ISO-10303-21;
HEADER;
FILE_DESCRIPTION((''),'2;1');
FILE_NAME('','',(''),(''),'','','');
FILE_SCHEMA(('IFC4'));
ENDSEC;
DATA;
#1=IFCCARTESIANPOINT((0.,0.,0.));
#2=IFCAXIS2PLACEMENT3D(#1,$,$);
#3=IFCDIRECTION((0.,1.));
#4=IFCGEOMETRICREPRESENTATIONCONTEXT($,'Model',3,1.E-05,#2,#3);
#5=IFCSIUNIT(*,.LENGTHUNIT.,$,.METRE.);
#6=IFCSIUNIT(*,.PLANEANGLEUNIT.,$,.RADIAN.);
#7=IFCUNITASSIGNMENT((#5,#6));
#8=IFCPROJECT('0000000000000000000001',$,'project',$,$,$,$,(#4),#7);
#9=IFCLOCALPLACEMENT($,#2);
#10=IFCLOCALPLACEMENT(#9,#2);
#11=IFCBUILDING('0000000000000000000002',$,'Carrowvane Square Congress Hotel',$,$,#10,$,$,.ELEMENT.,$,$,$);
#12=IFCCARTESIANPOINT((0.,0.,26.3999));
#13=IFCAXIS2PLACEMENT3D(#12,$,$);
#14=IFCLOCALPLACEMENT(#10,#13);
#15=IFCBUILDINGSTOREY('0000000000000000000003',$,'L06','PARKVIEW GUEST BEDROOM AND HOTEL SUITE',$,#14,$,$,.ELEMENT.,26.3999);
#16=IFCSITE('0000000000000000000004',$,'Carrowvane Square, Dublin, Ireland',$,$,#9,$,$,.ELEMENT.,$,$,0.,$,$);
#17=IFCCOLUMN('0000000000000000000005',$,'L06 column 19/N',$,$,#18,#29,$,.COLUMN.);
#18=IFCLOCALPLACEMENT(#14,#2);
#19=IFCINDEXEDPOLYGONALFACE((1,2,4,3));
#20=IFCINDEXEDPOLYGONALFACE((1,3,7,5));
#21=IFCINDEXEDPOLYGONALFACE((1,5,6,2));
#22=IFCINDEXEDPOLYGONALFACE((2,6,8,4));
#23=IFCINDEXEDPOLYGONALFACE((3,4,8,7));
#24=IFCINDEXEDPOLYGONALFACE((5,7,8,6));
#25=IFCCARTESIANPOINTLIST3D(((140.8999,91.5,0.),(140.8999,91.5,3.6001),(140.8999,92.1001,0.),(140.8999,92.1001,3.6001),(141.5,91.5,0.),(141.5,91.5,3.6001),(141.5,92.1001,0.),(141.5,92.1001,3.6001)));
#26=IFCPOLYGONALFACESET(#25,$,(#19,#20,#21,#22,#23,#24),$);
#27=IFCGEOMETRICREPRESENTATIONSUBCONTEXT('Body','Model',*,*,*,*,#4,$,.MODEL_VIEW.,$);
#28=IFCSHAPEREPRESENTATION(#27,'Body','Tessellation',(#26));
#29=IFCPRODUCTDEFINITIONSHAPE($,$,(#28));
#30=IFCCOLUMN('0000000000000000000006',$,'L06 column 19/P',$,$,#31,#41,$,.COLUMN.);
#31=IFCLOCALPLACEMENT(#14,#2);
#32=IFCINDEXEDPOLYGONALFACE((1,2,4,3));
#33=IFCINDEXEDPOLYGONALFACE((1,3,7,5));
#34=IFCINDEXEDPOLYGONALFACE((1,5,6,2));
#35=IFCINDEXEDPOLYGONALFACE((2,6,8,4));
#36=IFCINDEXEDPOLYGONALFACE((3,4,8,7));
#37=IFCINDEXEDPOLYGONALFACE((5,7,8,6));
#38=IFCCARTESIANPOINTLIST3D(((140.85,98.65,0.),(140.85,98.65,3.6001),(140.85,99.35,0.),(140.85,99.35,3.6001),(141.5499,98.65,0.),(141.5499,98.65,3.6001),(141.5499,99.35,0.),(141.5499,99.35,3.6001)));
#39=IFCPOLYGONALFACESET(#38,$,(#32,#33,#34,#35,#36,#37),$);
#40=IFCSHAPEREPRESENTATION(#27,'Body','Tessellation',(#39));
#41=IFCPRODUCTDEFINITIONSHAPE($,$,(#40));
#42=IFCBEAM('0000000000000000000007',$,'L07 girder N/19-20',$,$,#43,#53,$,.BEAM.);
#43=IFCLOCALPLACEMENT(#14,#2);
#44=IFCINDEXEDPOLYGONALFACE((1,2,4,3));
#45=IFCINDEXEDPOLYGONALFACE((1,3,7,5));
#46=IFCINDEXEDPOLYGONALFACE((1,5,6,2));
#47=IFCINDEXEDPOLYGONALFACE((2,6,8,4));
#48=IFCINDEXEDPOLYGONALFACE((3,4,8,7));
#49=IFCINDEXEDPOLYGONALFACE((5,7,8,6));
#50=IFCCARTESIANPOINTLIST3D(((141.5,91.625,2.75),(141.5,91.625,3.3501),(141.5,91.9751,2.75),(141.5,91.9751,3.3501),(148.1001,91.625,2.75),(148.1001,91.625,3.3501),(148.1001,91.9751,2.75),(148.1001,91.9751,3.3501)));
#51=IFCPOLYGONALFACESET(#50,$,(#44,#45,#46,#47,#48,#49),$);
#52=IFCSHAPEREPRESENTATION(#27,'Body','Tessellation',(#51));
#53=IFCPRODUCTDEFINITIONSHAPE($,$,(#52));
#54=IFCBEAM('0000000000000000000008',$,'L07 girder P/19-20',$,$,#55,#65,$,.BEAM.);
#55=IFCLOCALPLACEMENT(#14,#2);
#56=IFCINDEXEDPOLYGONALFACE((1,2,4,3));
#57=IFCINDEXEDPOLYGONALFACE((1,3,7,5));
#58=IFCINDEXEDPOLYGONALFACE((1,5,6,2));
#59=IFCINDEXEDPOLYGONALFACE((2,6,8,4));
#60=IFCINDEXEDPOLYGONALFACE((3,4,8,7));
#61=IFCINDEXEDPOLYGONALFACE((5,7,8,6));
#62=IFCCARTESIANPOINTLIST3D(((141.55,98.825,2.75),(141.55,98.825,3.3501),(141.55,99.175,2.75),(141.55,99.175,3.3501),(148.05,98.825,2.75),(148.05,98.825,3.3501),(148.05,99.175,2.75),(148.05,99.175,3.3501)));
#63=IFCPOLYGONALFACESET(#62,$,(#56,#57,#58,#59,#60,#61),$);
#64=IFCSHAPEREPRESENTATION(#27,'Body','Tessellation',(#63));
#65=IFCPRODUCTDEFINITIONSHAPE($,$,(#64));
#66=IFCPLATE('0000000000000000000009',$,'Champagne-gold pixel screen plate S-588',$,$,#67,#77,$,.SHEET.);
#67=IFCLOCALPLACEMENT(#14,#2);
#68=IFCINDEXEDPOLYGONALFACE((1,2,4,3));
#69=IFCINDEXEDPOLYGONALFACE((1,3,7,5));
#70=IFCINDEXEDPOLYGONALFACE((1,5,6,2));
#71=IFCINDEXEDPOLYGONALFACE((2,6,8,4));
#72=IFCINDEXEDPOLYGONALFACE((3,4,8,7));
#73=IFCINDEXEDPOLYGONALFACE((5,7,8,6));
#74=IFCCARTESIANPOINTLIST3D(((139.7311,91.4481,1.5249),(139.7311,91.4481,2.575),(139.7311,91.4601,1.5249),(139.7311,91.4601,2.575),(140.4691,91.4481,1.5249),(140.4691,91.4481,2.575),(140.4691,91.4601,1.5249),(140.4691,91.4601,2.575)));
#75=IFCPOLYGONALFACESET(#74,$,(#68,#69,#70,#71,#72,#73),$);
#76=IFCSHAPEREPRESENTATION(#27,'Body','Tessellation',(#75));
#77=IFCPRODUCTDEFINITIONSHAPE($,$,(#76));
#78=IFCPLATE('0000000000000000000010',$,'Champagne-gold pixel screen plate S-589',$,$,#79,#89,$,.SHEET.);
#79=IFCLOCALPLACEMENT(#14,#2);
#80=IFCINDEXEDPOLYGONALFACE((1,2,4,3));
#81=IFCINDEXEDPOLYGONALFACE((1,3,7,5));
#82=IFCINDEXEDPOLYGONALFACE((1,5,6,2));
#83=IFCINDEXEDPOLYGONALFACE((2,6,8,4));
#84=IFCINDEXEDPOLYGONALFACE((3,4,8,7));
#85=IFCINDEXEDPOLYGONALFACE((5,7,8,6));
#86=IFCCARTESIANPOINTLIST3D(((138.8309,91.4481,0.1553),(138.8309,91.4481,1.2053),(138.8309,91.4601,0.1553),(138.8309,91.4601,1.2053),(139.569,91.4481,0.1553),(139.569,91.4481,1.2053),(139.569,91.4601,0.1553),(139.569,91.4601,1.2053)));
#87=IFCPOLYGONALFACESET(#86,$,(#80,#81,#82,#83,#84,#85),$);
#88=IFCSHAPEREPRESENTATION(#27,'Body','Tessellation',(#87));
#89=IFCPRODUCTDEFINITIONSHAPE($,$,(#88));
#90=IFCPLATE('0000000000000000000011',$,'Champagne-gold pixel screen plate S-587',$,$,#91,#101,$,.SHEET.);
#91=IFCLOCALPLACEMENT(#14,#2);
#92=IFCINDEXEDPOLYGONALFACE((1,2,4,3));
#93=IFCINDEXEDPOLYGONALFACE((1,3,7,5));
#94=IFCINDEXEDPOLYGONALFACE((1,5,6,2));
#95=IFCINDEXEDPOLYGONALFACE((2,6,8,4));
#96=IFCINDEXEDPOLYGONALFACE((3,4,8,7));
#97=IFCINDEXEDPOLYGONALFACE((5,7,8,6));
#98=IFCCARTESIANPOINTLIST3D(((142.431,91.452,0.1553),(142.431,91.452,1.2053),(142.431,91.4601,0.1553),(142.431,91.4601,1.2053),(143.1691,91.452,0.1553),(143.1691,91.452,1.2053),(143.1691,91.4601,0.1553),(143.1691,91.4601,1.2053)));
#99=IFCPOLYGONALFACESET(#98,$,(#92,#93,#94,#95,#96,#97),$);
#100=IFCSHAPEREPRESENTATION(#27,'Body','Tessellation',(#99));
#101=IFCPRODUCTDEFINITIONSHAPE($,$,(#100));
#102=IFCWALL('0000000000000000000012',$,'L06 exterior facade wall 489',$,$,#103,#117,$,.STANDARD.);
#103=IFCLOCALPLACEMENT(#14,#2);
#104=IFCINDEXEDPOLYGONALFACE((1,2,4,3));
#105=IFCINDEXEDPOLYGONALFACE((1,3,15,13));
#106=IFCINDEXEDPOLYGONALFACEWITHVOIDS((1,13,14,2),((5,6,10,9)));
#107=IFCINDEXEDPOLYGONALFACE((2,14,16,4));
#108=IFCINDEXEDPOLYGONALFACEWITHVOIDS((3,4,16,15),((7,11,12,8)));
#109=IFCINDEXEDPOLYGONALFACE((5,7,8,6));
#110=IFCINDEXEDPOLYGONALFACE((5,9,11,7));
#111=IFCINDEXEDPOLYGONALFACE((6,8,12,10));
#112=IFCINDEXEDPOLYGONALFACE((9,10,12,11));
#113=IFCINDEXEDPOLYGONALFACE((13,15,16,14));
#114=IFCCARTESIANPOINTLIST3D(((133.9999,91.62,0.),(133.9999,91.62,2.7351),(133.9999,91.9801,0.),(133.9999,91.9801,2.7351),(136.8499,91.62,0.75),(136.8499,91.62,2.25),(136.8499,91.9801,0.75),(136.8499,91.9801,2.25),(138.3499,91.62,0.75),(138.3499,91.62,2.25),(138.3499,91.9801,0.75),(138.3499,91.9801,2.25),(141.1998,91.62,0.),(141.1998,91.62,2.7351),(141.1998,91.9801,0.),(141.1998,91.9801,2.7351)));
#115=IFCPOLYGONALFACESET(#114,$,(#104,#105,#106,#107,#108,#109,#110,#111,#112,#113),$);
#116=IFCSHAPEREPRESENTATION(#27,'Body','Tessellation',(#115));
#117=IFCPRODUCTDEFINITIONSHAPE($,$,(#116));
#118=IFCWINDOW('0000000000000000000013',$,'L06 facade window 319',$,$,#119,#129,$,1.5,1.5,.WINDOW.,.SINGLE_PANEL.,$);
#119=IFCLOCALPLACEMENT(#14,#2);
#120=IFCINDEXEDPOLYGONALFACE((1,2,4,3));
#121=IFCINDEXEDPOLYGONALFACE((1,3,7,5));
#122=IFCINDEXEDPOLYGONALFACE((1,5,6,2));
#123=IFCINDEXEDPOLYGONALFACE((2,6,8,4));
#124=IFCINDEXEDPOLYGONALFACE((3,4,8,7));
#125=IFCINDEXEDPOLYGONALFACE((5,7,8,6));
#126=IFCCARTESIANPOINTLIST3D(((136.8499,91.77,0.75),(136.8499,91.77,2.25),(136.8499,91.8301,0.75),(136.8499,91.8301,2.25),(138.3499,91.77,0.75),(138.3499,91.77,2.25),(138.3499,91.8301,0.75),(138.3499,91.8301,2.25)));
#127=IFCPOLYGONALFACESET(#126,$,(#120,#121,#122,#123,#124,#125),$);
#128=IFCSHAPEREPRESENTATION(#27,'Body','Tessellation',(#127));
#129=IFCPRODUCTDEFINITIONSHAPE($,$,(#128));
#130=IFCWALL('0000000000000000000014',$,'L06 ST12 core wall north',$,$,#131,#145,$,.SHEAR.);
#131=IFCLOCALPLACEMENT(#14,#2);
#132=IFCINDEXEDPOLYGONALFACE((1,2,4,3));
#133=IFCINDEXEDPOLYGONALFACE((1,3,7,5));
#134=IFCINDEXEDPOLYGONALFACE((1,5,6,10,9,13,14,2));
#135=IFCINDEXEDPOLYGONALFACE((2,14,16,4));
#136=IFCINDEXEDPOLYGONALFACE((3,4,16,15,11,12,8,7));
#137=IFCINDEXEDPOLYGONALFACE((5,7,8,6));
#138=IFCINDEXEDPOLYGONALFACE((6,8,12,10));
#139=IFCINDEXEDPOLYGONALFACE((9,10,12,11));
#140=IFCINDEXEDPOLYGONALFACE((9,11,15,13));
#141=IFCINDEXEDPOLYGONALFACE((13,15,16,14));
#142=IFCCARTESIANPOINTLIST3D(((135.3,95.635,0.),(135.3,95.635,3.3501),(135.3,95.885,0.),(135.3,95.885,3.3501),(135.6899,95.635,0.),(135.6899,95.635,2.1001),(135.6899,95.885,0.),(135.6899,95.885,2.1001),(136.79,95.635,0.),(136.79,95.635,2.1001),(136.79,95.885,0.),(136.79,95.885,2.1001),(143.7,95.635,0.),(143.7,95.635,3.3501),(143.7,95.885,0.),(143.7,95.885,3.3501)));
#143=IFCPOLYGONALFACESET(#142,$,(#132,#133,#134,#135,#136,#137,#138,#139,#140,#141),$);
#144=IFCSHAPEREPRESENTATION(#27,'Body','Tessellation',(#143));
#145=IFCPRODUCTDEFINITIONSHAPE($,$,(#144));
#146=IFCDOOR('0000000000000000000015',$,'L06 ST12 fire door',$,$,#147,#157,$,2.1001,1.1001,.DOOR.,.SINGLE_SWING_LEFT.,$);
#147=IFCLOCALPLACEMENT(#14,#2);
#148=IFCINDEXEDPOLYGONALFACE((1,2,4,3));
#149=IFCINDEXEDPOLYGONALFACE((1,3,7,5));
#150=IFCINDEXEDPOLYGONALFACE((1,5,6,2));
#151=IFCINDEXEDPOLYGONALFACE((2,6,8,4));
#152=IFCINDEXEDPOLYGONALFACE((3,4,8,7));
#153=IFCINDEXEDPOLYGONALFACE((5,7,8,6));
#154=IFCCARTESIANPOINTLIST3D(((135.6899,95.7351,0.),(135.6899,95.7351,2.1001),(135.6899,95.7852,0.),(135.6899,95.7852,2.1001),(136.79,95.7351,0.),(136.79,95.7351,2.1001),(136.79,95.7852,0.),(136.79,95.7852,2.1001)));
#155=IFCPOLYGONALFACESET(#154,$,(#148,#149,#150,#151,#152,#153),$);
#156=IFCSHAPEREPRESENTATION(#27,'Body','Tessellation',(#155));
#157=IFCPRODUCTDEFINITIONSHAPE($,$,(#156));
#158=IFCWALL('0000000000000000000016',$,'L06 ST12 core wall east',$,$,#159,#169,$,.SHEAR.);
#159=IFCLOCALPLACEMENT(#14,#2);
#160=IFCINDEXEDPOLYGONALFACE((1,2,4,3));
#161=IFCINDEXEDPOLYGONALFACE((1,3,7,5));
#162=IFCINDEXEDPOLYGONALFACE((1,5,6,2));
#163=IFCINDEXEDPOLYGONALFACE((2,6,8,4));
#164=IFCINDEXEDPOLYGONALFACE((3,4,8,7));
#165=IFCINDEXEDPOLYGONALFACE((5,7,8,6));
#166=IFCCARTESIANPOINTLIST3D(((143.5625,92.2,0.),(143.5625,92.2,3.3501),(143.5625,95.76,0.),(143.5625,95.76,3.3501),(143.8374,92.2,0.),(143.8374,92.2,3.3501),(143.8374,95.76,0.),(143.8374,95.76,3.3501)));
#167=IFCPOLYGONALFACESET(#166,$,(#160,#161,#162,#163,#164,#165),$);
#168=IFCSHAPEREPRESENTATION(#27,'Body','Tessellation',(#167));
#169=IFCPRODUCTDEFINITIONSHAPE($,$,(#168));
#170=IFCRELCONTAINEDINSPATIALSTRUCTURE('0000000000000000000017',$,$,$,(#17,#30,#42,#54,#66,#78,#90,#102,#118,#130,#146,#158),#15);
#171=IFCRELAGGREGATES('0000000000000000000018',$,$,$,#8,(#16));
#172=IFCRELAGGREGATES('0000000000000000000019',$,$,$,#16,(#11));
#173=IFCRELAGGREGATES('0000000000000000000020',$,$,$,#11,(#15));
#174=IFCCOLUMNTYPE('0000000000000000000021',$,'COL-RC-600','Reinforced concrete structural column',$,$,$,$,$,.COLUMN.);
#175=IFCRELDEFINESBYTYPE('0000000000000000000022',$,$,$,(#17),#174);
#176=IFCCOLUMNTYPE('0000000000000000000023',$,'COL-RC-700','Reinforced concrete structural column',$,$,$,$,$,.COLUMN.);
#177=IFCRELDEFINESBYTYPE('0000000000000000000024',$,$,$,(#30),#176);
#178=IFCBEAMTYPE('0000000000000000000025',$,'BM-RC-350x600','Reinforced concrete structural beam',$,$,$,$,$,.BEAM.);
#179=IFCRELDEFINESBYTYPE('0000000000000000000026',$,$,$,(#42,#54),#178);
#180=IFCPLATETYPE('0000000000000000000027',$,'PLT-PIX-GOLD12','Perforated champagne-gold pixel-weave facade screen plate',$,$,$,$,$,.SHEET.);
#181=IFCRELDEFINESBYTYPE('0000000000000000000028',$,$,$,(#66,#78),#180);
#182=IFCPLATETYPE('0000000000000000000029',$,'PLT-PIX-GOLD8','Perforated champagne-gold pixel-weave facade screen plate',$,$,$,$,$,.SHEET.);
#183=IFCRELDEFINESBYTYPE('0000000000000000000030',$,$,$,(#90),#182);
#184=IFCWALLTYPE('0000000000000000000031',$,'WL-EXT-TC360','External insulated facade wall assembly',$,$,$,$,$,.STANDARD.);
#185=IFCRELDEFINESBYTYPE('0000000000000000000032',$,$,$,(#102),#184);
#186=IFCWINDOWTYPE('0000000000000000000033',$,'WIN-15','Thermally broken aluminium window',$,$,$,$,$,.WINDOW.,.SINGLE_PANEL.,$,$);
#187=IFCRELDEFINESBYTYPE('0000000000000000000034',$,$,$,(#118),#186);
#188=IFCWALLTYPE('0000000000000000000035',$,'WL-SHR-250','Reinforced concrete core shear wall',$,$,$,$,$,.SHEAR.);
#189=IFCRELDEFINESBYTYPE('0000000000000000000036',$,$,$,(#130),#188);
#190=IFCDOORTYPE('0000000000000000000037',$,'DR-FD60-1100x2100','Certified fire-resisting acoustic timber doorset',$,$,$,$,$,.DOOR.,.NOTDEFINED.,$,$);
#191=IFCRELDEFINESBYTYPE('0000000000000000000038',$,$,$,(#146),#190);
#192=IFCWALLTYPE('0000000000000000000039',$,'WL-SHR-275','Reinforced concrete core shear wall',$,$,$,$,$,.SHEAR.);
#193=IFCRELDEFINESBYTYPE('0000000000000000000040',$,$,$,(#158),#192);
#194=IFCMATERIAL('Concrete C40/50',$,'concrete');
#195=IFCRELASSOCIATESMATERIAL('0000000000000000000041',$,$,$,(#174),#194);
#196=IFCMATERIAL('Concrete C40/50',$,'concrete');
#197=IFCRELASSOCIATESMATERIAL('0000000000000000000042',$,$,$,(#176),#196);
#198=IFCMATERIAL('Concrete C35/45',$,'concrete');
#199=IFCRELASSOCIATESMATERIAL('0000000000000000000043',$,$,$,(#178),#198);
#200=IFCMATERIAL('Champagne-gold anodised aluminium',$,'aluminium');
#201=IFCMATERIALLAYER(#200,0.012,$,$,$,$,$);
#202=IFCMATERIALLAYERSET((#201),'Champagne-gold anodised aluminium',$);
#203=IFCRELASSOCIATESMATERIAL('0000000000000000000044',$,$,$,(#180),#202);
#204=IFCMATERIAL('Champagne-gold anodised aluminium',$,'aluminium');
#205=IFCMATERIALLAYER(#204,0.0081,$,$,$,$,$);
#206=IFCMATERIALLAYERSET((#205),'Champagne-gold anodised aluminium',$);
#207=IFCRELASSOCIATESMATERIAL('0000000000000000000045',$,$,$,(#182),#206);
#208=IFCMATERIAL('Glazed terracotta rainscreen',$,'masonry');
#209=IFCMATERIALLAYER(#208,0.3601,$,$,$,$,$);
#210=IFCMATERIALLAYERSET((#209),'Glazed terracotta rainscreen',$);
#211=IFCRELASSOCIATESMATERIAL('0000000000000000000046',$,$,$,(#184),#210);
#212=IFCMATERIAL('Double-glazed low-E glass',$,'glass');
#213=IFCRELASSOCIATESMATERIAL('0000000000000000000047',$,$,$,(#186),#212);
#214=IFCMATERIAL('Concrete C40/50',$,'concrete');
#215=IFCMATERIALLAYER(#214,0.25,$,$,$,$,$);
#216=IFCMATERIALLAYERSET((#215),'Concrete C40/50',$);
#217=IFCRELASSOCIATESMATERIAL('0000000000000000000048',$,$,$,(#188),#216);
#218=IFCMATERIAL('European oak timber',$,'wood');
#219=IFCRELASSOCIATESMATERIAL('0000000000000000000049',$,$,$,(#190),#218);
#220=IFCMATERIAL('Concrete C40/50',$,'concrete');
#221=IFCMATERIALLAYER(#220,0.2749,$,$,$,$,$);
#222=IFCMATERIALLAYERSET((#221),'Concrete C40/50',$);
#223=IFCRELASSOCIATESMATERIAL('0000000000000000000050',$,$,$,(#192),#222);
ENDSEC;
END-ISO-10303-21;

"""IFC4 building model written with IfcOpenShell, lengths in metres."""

from ifc_helpers import new_model, si_unit, direction, frame, frame_2d, origin, origin_2d, place, context, subcontext, project, spatial, rectangle, extrude, material, layer, layer_set, material_profile, profile_set, type_object, element, fill, save


model = new_model("IFC4")

# Units and contexts
model_context = context("Model", 3, precision=1e-05, world=origin(), true_north=direction((0.0, 1.0)))
body_context = subcontext(model_context, "Body", "Model", "MODEL_VIEW")
ifc_project = project(units=[si_unit("LENGTHUNIT", "METRE"), si_unit("PLANEANGLEUNIT", "RADIAN")], contexts=[model_context])

# Site, building, storey
site_placement = place(None, origin())
site = spatial("IfcSite", under=ifc_project, at=site_placement, Name="Carrowvane Square, Dublin, Ireland", CompositionType="ELEMENT", RefElevation=0.0)
building_placement = place(site_placement, origin())
building = spatial("IfcBuilding", under=site, at=building_placement, Name="Carrowvane Square Congress Hotel", CompositionType="ELEMENT")
storey_placement = place(building_placement, frame((0.0, 0.0, 26.3999)))
storey = spatial("IfcBuildingStorey", under=building, at=storey_placement, Name="L06", Description="PARKVIEW GUEST BEDROOM AND HOTEL SUITE", CompositionType="ELEMENT", Elevation=26.3999)

# Columns
ifc_material_1 = material(Name="Concrete C40/50", Category="concrete")
ifc_material_profile_1 = material_profile(ifc_material_1, rectangle(XDim=0.6001, YDim=0.6001, at=origin_2d()), Name="RC 600x600")
ifc_profile_set_1 = profile_set([ifc_material_profile_1], Name="Concrete C40/50")
column_type_1 = type_object("IfcColumnType", Name="COL-RC-600", Description="Reinforced concrete structural column", PredefinedType="COLUMN", material=ifc_profile_set_1)
column_1_placement = place(storey_placement, frame((141.2, 91.8, 0.0), z_axis=(0.0, 0.0, 1.0), x_axis=(1.0, 0.0, 0.0)))
element("IfcColumn", 1, at=column_1_placement, inside=storey, type_object=column_type_1, Name="L06 column 19/N", PredefinedType="COLUMN", context=body_context, shape_type="SweptSolid", body=[
    extrude(rectangle(XDim=0.6001, YDim=0.6001, at=origin_2d()), origin(), (0.0, 0.0, 1.0), 3.6001),
])
ifc_material_2 = material(Name="Concrete C40/50", Category="concrete")
ifc_material_profile_2 = material_profile(ifc_material_2, rectangle(XDim=0.7, YDim=0.7, at=origin_2d()), Name="RC 700x700")
ifc_profile_set_2 = profile_set([ifc_material_profile_2], Name="Concrete C40/50")
column_type_2 = type_object("IfcColumnType", Name="COL-RC-700", Description="Reinforced concrete structural column", PredefinedType="COLUMN", material=ifc_profile_set_2)
column_2_placement = place(storey_placement, frame((141.2, 99.0, 0.0), z_axis=(0.0, 0.0, 1.0), x_axis=(1.0, 0.0, 0.0)))
element("IfcColumn", 2, at=column_2_placement, inside=storey, type_object=column_type_2, Name="L06 column 19/P", PredefinedType="COLUMN", context=body_context, shape_type="SweptSolid", body=[
    extrude(rectangle(XDim=0.7, YDim=0.7, at=origin_2d()), origin(), (0.0, 0.0, 1.0), 3.6001),
])

# Beams
ifc_material_3 = material(Name="Concrete C35/45", Category="concrete")
ifc_material_profile_3 = material_profile(ifc_material_3, rectangle(XDim=0.3501, YDim=0.6001, at=origin_2d()), Name="RC 350x600")
ifc_profile_set_3 = profile_set([ifc_material_profile_3], Name="Concrete C35/45")
beam_type = type_object("IfcBeamType", Name="BM-RC-350x600", Description="Reinforced concrete structural beam", PredefinedType="BEAM", material=ifc_profile_set_3)
beam_1_placement = place(storey_placement, frame((141.5, 91.8, 3.05), z_axis=(1.0, 0.0, 0.0), x_axis=(0.0, 1.0, 0.0)))
element("IfcBeam", 3, at=beam_1_placement, inside=storey, type_object=beam_type, Name="L07 girder N/19-20", PredefinedType="BEAM", context=body_context, shape_type="SweptSolid", body=[
    extrude(rectangle(XDim=0.3501, YDim=0.6001, at=origin_2d()), origin(), (0.0, 0.0, 1.0), 6.6001),
])
beam_2_placement = place(storey_placement, frame((141.55, 99.0, 3.05), z_axis=(1.0, 0.0, 0.0), x_axis=(0.0, 1.0, 0.0)))
element("IfcBeam", 4, at=beam_2_placement, inside=storey, type_object=beam_type, Name="L07 girder P/19-20", PredefinedType="BEAM", context=body_context, shape_type="SweptSolid", body=[
    extrude(rectangle(XDim=0.3501, YDim=0.6001, at=origin_2d()), origin(), (0.0, 0.0, 1.0), 6.5),
])

# Plates
ifc_material_4 = material(Name="Champagne-gold anodised aluminium", Category="aluminium")
ifc_layer_1 = layer(ifc_material_4, 0.012)
ifc_layer_set_1 = layer_set([ifc_layer_1], Name="Champagne-gold anodised aluminium")
plate_type_1 = type_object("IfcPlateType", Name="PLT-PIX-GOLD12", Description="Perforated champagne-gold pixel-weave facade screen plate", PredefinedType="SHEET", material=ifc_layer_set_1)
for number, where, z_axis, x_axis, name in (
    (5, (140.1001, 91.4541, 1.5249), (0.0, 0.0, 1.0), (-1.0, 0.0, 0.0), "Champagne-gold pixel screen plate S-588"),
    (6, (139.2, 91.4541, 0.1553), (0.0, 0.0, 1.0), (-1.0, 0.0, 0.0), "Champagne-gold pixel screen plate S-589"),
):
    element("IfcPlate", number, at=place(storey_placement, frame(where, z_axis=z_axis, x_axis=x_axis)), inside=storey, type_object=plate_type_1, Name=name, PredefinedType="SHEET", context=body_context, shape_type="SweptSolid", body=[
        extrude(rectangle(XDim=0.738, YDim=0.012, at=origin_2d()), origin(), (0.0, 0.0, 1.0), 1.05),
    ])
ifc_material_5 = material(Name="Champagne-gold anodised aluminium", Category="aluminium")
ifc_layer_2 = layer(ifc_material_5, 0.0081)
ifc_layer_set_2 = layer_set([ifc_layer_2], Name="Champagne-gold anodised aluminium")
plate_type_2 = type_object("IfcPlateType", Name="PLT-PIX-GOLD8", Description="Perforated champagne-gold pixel-weave facade screen plate", PredefinedType="SHEET", material=ifc_layer_set_2)
plate_placement = place(storey_placement, frame((142.8, 91.4561, 0.1553), z_axis=(0.0, 0.0, 1.0), x_axis=(-1.0, 0.0, 0.0)))
element("IfcPlate", 7, at=plate_placement, inside=storey, type_object=plate_type_2, Name="Champagne-gold pixel screen plate S-587", PredefinedType="SHEET", context=body_context, shape_type="SweptSolid", body=[
    extrude(rectangle(XDim=0.738, YDim=0.0081, at=origin_2d()), origin(), (0.0, 0.0, 1.0), 1.05),
])

# Wall, opening, window
ifc_material_6 = material(Name="Glazed terracotta rainscreen", Category="masonry")
ifc_layer_3 = layer(ifc_material_6, 0.3601)
ifc_layer_set_3 = layer_set([ifc_layer_3], Name="Glazed terracotta rainscreen")
wall_type_1 = type_object("IfcWallType", Name="WL-EXT-TC360", Description="External insulated facade wall assembly", PredefinedType="STANDARD", material=ifc_layer_set_3)
wall_1_placement = place(storey_placement, frame((141.2, 91.8, 0.0), z_axis=(0.0, 0.0, 1.0), x_axis=(-1.0, 0.0, 0.0)))
wall_1 = element("IfcWall", 8, at=wall_1_placement, inside=storey, type_object=wall_type_1, Name="L06 exterior facade wall 489", PredefinedType="STANDARD", context=body_context, shape_type="SweptSolid", body=[
    extrude(rectangle(XDim=7.2, YDim=0.3601, at=frame_2d((3.6001, 0.0))), origin(), (0.0, 0.0, 1.0), 2.7351),
])
opening_1_placement = place(wall_1_placement, frame((2.8501, 0.0, 0.75)))
opening_1 = element("IfcOpeningElement", 9, at=opening_1_placement, cuts=wall_1, PredefinedType="OPENING", context=body_context, shape_type="SweptSolid", body=[
    extrude(rectangle(XDim=1.5, YDim=1.5, at=frame_2d((0.75, 0.75))), frame((0.0, 0.1899, 0.0), z_axis=(0.0, -1.0, 0.0), x_axis=(1.0, 0.0, 0.0)), (0.0, 0.0, 1.0), 0.3801),
])
ifc_material_7 = material(Name="Double-glazed low-E glass", Category="glass")
window_type = type_object("IfcWindowType", Name="WIN-15", Description="Thermally broken aluminium window", PartitioningType="SINGLE_PANEL", PredefinedType="WINDOW", material=ifc_material_7)
window_placement = place(opening_1_placement, origin())
window = element("IfcWindow", 10, at=window_placement, inside=storey, type_object=window_type, Name="L06 facade window 319", OverallHeight=1.5, OverallWidth=1.5, PartitioningType="SINGLE_PANEL", PredefinedType="WINDOW", context=body_context, shape_type="SweptSolid", body=[
    extrude(rectangle(XDim=1.5, YDim=1.5, at=frame_2d((0.75, 0.75))), frame((0.0, 0.03, 0.0), z_axis=(0.0, -1.0, 0.0), x_axis=(1.0, 0.0, 0.0)), (0.0, 0.0, 1.0), 0.0601),
])
fill(opening_1, window)

# Wall, opening, door
ifc_material_8 = material(Name="Concrete C40/50", Category="concrete")
ifc_layer_4 = layer(ifc_material_8, 0.25)
ifc_layer_set_4 = layer_set([ifc_layer_4], Name="Concrete C40/50")
wall_type_2 = type_object("IfcWallType", Name="WL-SHR-250", Description="Reinforced concrete core shear wall", PredefinedType="SHEAR", material=ifc_layer_set_4)
wall_2_placement = place(storey_placement, frame((143.7, 95.76, 0.0), z_axis=(0.0, 0.0, 1.0), x_axis=(-1.0, 0.0, 0.0)))
wall_2 = element("IfcWall", 11, at=wall_2_placement, inside=storey, type_object=wall_type_2, Name="L06 ST12 core wall north", PredefinedType="SHEAR", context=body_context, shape_type="SweptSolid", body=[
    extrude(rectangle(XDim=8.3999, YDim=0.25, at=frame_2d((4.2, 0.0))), origin(), (0.0, 0.0, 1.0), 3.3501),
])
opening_2_placement = place(wall_2_placement, frame((6.9099, 0.0, 0.0)))
opening_2 = element("IfcOpeningElement", 12, at=opening_2_placement, cuts=wall_2, PredefinedType="OPENING", context=body_context, shape_type="SweptSolid", body=[
    extrude(rectangle(XDim=1.1001, YDim=2.1001, at=frame_2d((0.55, 1.05))), frame((0.0, 0.135, 0.0), z_axis=(0.0, -1.0, 0.0), x_axis=(1.0, 0.0, 0.0)), (0.0, 0.0, 1.0), 0.27),
])
ifc_material_9 = material(Name="European oak timber", Category="wood")
door_type = type_object("IfcDoorType", Name="DR-FD60-1100x2100", Description="Certified fire-resisting acoustic timber doorset", OperationType="NOTDEFINED", PredefinedType="DOOR", material=ifc_material_9)
door_placement = place(opening_2_placement, origin())
door = element("IfcDoor", 13, at=door_placement, inside=storey, type_object=door_type, Name="L06 ST12 fire door", OperationType="SINGLE_SWING_LEFT", OverallHeight=2.1001, OverallWidth=1.1001, PredefinedType="DOOR", context=body_context, shape_type="SweptSolid", body=[
    extrude(rectangle(XDim=1.1001, YDim=2.1001, at=frame_2d((0.55, 1.05))), frame((0.0, 0.0249, 0.0), z_axis=(0.0, -1.0, 0.0), x_axis=(1.0, 0.0, 0.0)), (0.0, 0.0, 1.0), 0.05),
])
fill(opening_2, door)

# Wall
ifc_material_10 = material(Name="Concrete C40/50", Category="concrete")
ifc_layer_5 = layer(ifc_material_10, 0.2749)
ifc_layer_set_5 = layer_set([ifc_layer_5], Name="Concrete C40/50")
wall_type_3 = type_object("IfcWallType", Name="WL-SHR-275", Description="Reinforced concrete core shear wall", PredefinedType="SHEAR", material=ifc_layer_set_5)
wall_3_placement = place(storey_placement, frame((143.7, 92.2, 0.0), z_axis=(0.0, 0.0, 1.0), x_axis=(0.0, 1.0, 0.0)))
element("IfcWall", 14, at=wall_3_placement, inside=storey, type_object=wall_type_3, Name="L06 ST12 core wall east", PredefinedType="SHEAR", context=body_context, shape_type="SweptSolid", body=[
    extrude(rectangle(XDim=3.5601, YDim=0.2749, at=frame_2d((1.78, 0.0))), origin(), (0.0, 0.0, 1.0), 3.3501),
])

save(model, "model.ifc")
